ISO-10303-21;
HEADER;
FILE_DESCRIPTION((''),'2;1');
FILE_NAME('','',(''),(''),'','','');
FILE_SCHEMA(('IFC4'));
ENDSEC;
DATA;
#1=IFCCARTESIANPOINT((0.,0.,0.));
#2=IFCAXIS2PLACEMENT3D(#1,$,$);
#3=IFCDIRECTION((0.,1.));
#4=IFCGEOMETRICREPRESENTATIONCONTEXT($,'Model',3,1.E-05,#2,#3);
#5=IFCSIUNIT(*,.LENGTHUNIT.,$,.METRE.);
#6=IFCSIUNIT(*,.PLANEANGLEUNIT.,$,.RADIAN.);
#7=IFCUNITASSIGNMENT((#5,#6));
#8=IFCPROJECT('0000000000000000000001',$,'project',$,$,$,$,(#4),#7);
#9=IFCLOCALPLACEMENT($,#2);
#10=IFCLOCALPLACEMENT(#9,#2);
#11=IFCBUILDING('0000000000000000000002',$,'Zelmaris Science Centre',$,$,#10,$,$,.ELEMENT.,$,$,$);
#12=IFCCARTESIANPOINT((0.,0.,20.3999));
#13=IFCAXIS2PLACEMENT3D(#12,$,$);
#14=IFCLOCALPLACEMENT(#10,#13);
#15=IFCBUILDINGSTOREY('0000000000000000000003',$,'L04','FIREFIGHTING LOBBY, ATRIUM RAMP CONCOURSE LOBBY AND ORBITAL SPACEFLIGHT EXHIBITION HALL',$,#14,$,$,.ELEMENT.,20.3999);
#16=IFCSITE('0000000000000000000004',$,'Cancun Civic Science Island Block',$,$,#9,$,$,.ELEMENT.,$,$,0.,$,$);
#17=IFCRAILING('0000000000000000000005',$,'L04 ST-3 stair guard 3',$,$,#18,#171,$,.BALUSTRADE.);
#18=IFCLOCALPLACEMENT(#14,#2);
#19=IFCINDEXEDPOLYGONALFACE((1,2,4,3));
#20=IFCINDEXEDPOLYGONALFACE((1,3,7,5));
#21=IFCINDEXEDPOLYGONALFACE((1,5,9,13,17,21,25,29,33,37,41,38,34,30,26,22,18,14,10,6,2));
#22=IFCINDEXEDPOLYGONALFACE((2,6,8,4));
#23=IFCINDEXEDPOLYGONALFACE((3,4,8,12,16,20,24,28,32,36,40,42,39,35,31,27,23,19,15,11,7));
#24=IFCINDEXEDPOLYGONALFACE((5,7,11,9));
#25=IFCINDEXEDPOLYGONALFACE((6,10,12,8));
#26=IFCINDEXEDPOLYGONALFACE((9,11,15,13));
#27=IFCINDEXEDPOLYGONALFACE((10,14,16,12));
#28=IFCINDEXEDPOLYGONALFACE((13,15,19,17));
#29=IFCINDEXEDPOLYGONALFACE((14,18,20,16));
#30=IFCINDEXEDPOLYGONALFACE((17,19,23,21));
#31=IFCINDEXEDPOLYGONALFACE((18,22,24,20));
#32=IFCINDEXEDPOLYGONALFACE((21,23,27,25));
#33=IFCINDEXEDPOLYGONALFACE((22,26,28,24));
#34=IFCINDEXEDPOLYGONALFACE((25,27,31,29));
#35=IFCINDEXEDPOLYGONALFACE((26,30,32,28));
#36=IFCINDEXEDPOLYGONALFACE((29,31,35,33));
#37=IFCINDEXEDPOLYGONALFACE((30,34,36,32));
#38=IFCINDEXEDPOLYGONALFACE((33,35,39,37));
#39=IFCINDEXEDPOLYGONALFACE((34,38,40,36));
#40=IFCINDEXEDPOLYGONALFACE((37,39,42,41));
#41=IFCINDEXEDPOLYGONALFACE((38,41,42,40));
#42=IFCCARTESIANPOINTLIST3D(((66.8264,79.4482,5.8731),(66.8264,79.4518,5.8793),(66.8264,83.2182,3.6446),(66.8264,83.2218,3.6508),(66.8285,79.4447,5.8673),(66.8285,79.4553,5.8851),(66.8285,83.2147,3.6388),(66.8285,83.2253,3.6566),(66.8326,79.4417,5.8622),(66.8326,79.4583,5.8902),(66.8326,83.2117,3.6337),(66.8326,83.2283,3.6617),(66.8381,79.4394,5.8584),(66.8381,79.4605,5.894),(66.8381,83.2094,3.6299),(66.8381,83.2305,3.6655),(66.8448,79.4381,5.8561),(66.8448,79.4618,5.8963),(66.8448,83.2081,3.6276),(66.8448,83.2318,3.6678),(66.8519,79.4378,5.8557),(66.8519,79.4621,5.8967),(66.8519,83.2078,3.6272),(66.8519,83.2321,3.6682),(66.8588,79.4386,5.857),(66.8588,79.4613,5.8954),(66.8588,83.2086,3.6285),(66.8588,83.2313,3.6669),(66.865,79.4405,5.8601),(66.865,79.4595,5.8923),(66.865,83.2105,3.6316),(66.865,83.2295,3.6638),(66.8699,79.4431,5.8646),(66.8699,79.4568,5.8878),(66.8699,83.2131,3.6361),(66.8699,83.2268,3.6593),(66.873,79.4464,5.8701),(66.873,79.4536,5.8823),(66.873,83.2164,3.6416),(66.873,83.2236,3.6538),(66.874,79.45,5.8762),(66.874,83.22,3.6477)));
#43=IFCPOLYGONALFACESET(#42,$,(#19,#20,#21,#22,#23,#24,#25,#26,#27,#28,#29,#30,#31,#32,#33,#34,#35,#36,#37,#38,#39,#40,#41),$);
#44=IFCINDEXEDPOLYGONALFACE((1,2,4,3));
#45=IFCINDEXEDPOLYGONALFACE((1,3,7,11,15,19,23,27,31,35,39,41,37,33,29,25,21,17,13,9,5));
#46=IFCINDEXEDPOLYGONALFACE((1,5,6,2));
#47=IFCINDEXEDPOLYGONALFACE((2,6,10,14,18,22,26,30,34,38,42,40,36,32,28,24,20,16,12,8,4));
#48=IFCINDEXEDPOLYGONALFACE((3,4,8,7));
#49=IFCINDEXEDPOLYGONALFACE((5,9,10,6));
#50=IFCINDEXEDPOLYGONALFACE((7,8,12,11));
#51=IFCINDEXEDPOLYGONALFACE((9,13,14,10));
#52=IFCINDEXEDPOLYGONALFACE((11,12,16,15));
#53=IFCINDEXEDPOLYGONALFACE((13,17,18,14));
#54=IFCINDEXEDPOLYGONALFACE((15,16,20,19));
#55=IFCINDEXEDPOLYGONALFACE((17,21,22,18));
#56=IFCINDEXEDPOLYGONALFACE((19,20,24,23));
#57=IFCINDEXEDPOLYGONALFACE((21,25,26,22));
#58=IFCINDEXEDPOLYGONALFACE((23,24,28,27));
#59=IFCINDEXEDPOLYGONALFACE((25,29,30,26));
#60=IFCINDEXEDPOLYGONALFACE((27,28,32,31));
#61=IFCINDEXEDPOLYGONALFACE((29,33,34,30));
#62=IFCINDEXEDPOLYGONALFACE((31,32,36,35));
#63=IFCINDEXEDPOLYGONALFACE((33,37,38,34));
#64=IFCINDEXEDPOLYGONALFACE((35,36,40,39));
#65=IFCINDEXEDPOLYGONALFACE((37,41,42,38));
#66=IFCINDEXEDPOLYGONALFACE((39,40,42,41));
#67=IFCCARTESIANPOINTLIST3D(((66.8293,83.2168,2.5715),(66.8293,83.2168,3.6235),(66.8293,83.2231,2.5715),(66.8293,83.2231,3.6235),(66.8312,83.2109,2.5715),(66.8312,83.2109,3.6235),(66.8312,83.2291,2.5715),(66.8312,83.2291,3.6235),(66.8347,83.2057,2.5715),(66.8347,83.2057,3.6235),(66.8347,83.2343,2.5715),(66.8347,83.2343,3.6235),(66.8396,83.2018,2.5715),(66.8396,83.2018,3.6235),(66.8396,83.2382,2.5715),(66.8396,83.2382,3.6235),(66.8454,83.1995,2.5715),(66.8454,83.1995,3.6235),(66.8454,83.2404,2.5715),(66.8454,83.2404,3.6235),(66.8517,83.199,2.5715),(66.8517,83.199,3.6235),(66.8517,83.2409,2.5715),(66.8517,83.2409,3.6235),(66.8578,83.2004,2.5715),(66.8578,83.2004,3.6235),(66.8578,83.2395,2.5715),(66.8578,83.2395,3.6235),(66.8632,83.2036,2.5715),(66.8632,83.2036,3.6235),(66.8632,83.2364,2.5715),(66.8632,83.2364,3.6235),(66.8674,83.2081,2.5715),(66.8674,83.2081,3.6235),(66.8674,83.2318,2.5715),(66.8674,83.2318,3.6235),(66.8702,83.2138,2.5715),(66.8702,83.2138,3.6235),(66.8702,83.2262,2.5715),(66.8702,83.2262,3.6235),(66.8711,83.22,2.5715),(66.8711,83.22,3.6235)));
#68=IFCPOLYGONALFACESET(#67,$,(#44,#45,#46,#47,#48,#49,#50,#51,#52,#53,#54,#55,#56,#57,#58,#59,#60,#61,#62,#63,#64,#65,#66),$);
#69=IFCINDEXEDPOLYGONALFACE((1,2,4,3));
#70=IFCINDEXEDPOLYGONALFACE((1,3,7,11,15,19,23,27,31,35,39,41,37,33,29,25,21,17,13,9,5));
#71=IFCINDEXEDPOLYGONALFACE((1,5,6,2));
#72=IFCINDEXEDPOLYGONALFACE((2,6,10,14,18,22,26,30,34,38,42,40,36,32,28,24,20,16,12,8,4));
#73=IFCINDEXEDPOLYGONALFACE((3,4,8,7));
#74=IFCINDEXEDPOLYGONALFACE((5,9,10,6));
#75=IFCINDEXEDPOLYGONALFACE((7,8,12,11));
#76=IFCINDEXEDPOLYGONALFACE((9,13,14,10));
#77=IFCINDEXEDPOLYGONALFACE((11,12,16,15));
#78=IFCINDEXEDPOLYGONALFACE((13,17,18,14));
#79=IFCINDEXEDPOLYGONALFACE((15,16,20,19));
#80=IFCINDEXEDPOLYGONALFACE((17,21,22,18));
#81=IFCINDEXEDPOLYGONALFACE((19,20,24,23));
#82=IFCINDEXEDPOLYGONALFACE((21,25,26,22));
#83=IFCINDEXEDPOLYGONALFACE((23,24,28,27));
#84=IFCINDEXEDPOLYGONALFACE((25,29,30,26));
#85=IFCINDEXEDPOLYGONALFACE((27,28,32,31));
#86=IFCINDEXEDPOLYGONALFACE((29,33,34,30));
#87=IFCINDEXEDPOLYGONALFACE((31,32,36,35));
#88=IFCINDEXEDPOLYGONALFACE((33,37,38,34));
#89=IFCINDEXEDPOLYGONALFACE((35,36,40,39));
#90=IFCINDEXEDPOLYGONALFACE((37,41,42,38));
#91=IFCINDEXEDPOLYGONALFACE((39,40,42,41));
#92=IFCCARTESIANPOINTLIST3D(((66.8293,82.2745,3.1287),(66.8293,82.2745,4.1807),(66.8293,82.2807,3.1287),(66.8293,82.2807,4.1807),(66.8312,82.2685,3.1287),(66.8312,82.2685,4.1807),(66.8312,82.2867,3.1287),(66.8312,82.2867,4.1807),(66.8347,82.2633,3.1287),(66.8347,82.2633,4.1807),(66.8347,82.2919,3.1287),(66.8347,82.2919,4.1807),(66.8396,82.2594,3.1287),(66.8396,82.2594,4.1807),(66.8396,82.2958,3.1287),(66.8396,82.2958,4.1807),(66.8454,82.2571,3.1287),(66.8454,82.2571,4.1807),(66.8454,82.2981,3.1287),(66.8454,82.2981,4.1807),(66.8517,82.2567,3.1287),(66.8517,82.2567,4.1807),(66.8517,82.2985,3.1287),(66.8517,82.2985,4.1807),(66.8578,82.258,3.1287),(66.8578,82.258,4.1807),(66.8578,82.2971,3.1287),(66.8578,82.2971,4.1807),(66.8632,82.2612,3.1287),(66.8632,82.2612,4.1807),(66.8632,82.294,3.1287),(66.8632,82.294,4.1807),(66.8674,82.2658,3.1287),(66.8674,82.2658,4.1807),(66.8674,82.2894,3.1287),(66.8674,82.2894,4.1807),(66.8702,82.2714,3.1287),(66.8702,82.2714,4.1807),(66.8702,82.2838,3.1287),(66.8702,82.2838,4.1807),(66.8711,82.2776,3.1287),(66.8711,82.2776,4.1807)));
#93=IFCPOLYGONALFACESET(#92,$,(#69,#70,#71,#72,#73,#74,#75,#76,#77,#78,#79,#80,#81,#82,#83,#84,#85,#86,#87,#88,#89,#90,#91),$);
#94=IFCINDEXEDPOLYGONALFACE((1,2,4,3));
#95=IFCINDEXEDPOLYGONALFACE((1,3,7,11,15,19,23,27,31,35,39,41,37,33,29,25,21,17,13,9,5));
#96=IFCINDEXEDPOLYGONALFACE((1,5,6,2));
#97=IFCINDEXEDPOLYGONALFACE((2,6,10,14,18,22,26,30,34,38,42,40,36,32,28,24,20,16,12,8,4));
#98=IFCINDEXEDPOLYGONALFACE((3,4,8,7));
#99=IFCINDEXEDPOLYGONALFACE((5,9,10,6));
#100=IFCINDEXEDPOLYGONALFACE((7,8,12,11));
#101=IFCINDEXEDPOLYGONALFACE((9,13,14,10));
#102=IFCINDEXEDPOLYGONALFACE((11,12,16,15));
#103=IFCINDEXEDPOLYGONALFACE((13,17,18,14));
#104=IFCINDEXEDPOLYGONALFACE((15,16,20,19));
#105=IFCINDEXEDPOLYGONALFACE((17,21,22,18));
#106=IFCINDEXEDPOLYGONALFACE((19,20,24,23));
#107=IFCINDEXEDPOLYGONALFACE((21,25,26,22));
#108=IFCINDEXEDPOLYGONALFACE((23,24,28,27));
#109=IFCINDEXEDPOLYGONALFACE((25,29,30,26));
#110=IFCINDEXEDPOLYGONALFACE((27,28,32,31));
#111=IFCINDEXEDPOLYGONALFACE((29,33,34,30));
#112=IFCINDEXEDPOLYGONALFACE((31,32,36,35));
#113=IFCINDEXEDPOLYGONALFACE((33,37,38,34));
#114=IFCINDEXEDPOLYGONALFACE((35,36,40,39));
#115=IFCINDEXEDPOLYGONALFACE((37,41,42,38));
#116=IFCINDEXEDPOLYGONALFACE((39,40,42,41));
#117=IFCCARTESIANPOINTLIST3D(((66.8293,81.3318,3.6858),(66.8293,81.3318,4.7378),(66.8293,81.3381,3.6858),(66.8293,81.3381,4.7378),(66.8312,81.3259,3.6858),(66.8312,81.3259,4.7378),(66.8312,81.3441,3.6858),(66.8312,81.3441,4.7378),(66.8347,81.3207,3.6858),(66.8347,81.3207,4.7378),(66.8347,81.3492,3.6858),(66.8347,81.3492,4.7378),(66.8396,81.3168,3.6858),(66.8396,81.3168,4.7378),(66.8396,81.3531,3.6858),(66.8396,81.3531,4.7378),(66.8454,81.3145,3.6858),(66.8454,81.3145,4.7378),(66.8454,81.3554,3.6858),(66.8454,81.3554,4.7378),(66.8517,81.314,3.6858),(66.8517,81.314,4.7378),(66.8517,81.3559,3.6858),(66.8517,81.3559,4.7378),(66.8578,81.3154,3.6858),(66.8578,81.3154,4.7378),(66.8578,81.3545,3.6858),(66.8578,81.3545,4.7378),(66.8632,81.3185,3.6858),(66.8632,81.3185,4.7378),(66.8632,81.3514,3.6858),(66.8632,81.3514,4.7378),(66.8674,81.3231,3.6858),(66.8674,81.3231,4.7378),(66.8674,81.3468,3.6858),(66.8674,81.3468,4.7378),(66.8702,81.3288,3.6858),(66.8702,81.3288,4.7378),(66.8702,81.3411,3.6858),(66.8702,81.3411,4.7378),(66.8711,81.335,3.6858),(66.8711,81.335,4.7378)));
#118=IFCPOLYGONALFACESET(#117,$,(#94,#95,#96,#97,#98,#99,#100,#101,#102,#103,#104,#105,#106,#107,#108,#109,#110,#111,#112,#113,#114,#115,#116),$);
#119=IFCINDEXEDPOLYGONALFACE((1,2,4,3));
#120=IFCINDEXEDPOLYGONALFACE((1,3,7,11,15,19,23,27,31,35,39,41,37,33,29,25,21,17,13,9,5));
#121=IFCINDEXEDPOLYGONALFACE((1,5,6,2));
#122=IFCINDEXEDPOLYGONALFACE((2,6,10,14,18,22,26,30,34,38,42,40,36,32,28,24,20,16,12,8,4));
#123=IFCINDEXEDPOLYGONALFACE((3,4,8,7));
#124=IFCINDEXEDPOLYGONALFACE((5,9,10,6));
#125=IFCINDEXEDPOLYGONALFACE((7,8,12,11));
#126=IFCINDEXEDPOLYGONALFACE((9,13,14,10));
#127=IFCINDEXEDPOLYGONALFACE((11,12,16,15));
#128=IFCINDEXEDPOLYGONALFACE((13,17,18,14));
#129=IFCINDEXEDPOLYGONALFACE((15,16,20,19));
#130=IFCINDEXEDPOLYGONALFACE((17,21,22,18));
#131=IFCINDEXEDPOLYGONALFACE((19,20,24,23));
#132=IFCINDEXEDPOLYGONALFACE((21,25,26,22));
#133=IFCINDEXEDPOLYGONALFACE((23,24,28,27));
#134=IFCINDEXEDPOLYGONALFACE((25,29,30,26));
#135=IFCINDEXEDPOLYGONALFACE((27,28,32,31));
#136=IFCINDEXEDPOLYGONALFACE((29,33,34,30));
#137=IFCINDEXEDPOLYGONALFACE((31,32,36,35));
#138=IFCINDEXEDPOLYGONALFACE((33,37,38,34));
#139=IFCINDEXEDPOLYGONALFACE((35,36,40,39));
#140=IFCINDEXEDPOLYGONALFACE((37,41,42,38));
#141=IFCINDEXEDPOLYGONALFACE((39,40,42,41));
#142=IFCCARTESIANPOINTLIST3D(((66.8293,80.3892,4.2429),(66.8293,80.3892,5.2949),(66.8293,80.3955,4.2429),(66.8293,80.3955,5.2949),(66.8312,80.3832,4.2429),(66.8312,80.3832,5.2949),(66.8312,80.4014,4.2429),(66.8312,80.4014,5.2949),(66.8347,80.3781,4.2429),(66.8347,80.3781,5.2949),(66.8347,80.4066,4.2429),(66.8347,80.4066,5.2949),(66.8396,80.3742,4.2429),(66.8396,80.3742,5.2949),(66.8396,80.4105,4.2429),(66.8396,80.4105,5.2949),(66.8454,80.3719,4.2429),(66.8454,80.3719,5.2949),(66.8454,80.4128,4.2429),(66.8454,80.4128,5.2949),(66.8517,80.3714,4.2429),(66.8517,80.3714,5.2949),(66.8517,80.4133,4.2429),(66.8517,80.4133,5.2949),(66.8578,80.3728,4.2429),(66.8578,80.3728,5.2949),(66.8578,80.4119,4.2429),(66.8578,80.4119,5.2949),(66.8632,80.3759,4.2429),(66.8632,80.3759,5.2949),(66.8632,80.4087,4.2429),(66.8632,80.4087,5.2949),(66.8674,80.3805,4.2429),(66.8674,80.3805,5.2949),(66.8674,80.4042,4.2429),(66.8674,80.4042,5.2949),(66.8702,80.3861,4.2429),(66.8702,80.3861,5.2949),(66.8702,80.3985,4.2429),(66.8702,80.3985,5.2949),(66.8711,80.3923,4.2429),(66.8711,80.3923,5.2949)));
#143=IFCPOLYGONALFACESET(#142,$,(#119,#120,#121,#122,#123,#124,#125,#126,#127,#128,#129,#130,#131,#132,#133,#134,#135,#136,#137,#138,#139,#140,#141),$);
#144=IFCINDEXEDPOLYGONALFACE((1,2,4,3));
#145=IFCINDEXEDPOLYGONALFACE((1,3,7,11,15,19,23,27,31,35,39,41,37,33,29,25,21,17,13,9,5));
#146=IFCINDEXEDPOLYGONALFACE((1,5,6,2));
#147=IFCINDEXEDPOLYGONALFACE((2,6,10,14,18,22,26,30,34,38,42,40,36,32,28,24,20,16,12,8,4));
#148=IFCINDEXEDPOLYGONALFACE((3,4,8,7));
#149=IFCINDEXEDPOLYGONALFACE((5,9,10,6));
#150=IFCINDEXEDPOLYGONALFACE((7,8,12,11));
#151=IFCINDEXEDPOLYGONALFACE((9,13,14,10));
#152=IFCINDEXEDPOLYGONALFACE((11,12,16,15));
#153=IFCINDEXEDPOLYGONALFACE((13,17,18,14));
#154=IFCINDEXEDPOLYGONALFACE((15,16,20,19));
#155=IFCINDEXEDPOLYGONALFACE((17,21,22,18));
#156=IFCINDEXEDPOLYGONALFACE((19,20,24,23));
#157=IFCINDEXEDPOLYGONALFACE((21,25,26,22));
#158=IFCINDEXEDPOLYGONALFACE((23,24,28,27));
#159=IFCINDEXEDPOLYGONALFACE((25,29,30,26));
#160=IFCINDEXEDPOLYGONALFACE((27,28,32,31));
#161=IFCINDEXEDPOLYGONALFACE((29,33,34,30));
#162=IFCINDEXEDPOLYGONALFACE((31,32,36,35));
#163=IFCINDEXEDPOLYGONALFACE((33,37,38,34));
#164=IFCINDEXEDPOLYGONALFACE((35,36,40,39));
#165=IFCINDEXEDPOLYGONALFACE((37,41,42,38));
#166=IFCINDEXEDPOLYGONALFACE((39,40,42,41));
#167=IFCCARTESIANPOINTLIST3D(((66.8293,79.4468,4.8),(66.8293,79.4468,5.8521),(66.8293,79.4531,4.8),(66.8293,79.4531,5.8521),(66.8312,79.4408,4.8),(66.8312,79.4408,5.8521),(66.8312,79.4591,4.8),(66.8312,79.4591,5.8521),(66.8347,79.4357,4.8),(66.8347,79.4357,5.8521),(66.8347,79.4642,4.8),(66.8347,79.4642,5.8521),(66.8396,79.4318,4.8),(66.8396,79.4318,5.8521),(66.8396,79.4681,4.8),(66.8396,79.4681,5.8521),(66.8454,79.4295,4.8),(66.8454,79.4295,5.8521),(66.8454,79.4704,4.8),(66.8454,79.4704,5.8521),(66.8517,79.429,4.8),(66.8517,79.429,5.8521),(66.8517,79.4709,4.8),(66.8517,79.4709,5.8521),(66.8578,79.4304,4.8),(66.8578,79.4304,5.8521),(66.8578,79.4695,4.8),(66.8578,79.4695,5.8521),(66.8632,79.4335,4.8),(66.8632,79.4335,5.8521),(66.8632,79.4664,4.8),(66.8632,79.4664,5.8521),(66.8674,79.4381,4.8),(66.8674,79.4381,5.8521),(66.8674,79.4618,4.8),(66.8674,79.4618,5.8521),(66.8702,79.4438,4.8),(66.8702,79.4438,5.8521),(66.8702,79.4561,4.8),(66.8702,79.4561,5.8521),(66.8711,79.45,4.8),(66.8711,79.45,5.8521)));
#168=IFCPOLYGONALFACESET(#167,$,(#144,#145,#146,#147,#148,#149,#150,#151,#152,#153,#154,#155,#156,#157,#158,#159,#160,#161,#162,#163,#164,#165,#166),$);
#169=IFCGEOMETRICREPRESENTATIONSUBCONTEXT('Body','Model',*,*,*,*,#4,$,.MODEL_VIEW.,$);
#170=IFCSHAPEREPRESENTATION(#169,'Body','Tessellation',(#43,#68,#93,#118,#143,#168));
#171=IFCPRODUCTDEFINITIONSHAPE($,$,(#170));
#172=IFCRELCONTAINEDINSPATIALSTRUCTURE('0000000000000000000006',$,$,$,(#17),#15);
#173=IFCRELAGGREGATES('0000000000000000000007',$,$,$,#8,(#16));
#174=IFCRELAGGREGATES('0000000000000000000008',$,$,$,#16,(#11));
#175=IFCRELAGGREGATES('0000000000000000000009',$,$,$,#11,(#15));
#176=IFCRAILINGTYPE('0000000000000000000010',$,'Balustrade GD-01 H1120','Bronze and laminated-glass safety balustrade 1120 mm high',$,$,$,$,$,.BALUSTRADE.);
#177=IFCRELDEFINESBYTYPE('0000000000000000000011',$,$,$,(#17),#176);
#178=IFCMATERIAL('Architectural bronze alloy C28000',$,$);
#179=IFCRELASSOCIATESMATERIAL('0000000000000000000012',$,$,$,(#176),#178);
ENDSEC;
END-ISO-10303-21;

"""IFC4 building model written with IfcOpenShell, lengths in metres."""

from ifc_helpers import new_model, si_unit, direction, frame, origin, origin_2d, place, context, subcontext, project, spatial, circle, extrude, material, type_object, element, save


model = new_model("IFC4")

# Units and contexts
model_context = context("Model", 3, precision=1e-05, world=origin(), true_north=direction((0.0, 1.0)))
body_context = subcontext(model_context, "Body", "Model", "MODEL_VIEW")
ifc_project = project(units=[si_unit("LENGTHUNIT", "METRE"), si_unit("PLANEANGLEUNIT", "RADIAN")], contexts=[model_context])

# Site, building, storey
site_placement = place(None, origin())
site = spatial("IfcSite", under=ifc_project, at=site_placement, Name="Cancun Civic Science Island Block", CompositionType="ELEMENT", RefElevation=0.0)
building_placement = place(site_placement, origin())
building = spatial("IfcBuilding", under=site, at=building_placement, Name="Zelmaris Science Centre", CompositionType="ELEMENT")
storey_placement = place(building_placement, frame((0.0, 0.0, 20.3999)))
storey = spatial("IfcBuildingStorey", under=building, at=storey_placement, Name="L04", Description="FIREFIGHTING LOBBY, ATRIUM RAMP CONCOURSE LOBBY AND ORBITAL SPACEFLIGHT EXHIBITION HALL", CompositionType="ELEMENT", Elevation=20.3999)

# Railing
ifc_material_1 = material(Name="Architectural bronze alloy C28000")
railing_type = type_object("IfcRailingType", Name="Balustrade GD-01 H1120", Description="Bronze and laminated-glass safety balustrade 1120 mm high", PredefinedType="BALUSTRADE", material=ifc_material_1)
railing_1_placement = place(storey_placement, frame((66.8501, 83.22, 2.5715)))
element("IfcRailing", 1, at=railing_1_placement, inside=storey, type_object=railing_type, Name="L04 ST-3 stair guard 3", PredefinedType="BALUSTRADE", context=body_context, shape_type="SweptSolid", body=[
    extrude(circle(Radius=0.0239, at=origin_2d()), frame((0.0, 0.0, 1.0762), z_axis=(0.0, -0.860849, 0.508861), x_axis=(1.0, 0.0, 0.0)), (0.0, 0.0, 1.0), 4.3794),
    extrude(circle(Radius=0.021, at=origin_2d()), origin(), (0.0, 0.0, 1.0), 1.052),
    extrude(circle(Radius=0.021, at=origin_2d()), frame((0.0, -0.9424, 0.5571)), (0.0, 0.0, 1.0), 1.052),
    extrude(circle(Radius=0.021, at=origin_2d()), frame((0.0, -1.885, 1.1143)), (0.0, 0.0, 1.0), 1.052),
    extrude(circle(Radius=0.021, at=origin_2d()), frame((0.0, -2.8276, 1.6714)), (0.0, 0.0, 1.0), 1.052),
    extrude(circle(Radius=0.021, at=origin_2d()), frame((0.0, -3.77, 2.2285)), (0.0, 0.0, 1.0), 1.052),
])

save(model, "model.ifc")
